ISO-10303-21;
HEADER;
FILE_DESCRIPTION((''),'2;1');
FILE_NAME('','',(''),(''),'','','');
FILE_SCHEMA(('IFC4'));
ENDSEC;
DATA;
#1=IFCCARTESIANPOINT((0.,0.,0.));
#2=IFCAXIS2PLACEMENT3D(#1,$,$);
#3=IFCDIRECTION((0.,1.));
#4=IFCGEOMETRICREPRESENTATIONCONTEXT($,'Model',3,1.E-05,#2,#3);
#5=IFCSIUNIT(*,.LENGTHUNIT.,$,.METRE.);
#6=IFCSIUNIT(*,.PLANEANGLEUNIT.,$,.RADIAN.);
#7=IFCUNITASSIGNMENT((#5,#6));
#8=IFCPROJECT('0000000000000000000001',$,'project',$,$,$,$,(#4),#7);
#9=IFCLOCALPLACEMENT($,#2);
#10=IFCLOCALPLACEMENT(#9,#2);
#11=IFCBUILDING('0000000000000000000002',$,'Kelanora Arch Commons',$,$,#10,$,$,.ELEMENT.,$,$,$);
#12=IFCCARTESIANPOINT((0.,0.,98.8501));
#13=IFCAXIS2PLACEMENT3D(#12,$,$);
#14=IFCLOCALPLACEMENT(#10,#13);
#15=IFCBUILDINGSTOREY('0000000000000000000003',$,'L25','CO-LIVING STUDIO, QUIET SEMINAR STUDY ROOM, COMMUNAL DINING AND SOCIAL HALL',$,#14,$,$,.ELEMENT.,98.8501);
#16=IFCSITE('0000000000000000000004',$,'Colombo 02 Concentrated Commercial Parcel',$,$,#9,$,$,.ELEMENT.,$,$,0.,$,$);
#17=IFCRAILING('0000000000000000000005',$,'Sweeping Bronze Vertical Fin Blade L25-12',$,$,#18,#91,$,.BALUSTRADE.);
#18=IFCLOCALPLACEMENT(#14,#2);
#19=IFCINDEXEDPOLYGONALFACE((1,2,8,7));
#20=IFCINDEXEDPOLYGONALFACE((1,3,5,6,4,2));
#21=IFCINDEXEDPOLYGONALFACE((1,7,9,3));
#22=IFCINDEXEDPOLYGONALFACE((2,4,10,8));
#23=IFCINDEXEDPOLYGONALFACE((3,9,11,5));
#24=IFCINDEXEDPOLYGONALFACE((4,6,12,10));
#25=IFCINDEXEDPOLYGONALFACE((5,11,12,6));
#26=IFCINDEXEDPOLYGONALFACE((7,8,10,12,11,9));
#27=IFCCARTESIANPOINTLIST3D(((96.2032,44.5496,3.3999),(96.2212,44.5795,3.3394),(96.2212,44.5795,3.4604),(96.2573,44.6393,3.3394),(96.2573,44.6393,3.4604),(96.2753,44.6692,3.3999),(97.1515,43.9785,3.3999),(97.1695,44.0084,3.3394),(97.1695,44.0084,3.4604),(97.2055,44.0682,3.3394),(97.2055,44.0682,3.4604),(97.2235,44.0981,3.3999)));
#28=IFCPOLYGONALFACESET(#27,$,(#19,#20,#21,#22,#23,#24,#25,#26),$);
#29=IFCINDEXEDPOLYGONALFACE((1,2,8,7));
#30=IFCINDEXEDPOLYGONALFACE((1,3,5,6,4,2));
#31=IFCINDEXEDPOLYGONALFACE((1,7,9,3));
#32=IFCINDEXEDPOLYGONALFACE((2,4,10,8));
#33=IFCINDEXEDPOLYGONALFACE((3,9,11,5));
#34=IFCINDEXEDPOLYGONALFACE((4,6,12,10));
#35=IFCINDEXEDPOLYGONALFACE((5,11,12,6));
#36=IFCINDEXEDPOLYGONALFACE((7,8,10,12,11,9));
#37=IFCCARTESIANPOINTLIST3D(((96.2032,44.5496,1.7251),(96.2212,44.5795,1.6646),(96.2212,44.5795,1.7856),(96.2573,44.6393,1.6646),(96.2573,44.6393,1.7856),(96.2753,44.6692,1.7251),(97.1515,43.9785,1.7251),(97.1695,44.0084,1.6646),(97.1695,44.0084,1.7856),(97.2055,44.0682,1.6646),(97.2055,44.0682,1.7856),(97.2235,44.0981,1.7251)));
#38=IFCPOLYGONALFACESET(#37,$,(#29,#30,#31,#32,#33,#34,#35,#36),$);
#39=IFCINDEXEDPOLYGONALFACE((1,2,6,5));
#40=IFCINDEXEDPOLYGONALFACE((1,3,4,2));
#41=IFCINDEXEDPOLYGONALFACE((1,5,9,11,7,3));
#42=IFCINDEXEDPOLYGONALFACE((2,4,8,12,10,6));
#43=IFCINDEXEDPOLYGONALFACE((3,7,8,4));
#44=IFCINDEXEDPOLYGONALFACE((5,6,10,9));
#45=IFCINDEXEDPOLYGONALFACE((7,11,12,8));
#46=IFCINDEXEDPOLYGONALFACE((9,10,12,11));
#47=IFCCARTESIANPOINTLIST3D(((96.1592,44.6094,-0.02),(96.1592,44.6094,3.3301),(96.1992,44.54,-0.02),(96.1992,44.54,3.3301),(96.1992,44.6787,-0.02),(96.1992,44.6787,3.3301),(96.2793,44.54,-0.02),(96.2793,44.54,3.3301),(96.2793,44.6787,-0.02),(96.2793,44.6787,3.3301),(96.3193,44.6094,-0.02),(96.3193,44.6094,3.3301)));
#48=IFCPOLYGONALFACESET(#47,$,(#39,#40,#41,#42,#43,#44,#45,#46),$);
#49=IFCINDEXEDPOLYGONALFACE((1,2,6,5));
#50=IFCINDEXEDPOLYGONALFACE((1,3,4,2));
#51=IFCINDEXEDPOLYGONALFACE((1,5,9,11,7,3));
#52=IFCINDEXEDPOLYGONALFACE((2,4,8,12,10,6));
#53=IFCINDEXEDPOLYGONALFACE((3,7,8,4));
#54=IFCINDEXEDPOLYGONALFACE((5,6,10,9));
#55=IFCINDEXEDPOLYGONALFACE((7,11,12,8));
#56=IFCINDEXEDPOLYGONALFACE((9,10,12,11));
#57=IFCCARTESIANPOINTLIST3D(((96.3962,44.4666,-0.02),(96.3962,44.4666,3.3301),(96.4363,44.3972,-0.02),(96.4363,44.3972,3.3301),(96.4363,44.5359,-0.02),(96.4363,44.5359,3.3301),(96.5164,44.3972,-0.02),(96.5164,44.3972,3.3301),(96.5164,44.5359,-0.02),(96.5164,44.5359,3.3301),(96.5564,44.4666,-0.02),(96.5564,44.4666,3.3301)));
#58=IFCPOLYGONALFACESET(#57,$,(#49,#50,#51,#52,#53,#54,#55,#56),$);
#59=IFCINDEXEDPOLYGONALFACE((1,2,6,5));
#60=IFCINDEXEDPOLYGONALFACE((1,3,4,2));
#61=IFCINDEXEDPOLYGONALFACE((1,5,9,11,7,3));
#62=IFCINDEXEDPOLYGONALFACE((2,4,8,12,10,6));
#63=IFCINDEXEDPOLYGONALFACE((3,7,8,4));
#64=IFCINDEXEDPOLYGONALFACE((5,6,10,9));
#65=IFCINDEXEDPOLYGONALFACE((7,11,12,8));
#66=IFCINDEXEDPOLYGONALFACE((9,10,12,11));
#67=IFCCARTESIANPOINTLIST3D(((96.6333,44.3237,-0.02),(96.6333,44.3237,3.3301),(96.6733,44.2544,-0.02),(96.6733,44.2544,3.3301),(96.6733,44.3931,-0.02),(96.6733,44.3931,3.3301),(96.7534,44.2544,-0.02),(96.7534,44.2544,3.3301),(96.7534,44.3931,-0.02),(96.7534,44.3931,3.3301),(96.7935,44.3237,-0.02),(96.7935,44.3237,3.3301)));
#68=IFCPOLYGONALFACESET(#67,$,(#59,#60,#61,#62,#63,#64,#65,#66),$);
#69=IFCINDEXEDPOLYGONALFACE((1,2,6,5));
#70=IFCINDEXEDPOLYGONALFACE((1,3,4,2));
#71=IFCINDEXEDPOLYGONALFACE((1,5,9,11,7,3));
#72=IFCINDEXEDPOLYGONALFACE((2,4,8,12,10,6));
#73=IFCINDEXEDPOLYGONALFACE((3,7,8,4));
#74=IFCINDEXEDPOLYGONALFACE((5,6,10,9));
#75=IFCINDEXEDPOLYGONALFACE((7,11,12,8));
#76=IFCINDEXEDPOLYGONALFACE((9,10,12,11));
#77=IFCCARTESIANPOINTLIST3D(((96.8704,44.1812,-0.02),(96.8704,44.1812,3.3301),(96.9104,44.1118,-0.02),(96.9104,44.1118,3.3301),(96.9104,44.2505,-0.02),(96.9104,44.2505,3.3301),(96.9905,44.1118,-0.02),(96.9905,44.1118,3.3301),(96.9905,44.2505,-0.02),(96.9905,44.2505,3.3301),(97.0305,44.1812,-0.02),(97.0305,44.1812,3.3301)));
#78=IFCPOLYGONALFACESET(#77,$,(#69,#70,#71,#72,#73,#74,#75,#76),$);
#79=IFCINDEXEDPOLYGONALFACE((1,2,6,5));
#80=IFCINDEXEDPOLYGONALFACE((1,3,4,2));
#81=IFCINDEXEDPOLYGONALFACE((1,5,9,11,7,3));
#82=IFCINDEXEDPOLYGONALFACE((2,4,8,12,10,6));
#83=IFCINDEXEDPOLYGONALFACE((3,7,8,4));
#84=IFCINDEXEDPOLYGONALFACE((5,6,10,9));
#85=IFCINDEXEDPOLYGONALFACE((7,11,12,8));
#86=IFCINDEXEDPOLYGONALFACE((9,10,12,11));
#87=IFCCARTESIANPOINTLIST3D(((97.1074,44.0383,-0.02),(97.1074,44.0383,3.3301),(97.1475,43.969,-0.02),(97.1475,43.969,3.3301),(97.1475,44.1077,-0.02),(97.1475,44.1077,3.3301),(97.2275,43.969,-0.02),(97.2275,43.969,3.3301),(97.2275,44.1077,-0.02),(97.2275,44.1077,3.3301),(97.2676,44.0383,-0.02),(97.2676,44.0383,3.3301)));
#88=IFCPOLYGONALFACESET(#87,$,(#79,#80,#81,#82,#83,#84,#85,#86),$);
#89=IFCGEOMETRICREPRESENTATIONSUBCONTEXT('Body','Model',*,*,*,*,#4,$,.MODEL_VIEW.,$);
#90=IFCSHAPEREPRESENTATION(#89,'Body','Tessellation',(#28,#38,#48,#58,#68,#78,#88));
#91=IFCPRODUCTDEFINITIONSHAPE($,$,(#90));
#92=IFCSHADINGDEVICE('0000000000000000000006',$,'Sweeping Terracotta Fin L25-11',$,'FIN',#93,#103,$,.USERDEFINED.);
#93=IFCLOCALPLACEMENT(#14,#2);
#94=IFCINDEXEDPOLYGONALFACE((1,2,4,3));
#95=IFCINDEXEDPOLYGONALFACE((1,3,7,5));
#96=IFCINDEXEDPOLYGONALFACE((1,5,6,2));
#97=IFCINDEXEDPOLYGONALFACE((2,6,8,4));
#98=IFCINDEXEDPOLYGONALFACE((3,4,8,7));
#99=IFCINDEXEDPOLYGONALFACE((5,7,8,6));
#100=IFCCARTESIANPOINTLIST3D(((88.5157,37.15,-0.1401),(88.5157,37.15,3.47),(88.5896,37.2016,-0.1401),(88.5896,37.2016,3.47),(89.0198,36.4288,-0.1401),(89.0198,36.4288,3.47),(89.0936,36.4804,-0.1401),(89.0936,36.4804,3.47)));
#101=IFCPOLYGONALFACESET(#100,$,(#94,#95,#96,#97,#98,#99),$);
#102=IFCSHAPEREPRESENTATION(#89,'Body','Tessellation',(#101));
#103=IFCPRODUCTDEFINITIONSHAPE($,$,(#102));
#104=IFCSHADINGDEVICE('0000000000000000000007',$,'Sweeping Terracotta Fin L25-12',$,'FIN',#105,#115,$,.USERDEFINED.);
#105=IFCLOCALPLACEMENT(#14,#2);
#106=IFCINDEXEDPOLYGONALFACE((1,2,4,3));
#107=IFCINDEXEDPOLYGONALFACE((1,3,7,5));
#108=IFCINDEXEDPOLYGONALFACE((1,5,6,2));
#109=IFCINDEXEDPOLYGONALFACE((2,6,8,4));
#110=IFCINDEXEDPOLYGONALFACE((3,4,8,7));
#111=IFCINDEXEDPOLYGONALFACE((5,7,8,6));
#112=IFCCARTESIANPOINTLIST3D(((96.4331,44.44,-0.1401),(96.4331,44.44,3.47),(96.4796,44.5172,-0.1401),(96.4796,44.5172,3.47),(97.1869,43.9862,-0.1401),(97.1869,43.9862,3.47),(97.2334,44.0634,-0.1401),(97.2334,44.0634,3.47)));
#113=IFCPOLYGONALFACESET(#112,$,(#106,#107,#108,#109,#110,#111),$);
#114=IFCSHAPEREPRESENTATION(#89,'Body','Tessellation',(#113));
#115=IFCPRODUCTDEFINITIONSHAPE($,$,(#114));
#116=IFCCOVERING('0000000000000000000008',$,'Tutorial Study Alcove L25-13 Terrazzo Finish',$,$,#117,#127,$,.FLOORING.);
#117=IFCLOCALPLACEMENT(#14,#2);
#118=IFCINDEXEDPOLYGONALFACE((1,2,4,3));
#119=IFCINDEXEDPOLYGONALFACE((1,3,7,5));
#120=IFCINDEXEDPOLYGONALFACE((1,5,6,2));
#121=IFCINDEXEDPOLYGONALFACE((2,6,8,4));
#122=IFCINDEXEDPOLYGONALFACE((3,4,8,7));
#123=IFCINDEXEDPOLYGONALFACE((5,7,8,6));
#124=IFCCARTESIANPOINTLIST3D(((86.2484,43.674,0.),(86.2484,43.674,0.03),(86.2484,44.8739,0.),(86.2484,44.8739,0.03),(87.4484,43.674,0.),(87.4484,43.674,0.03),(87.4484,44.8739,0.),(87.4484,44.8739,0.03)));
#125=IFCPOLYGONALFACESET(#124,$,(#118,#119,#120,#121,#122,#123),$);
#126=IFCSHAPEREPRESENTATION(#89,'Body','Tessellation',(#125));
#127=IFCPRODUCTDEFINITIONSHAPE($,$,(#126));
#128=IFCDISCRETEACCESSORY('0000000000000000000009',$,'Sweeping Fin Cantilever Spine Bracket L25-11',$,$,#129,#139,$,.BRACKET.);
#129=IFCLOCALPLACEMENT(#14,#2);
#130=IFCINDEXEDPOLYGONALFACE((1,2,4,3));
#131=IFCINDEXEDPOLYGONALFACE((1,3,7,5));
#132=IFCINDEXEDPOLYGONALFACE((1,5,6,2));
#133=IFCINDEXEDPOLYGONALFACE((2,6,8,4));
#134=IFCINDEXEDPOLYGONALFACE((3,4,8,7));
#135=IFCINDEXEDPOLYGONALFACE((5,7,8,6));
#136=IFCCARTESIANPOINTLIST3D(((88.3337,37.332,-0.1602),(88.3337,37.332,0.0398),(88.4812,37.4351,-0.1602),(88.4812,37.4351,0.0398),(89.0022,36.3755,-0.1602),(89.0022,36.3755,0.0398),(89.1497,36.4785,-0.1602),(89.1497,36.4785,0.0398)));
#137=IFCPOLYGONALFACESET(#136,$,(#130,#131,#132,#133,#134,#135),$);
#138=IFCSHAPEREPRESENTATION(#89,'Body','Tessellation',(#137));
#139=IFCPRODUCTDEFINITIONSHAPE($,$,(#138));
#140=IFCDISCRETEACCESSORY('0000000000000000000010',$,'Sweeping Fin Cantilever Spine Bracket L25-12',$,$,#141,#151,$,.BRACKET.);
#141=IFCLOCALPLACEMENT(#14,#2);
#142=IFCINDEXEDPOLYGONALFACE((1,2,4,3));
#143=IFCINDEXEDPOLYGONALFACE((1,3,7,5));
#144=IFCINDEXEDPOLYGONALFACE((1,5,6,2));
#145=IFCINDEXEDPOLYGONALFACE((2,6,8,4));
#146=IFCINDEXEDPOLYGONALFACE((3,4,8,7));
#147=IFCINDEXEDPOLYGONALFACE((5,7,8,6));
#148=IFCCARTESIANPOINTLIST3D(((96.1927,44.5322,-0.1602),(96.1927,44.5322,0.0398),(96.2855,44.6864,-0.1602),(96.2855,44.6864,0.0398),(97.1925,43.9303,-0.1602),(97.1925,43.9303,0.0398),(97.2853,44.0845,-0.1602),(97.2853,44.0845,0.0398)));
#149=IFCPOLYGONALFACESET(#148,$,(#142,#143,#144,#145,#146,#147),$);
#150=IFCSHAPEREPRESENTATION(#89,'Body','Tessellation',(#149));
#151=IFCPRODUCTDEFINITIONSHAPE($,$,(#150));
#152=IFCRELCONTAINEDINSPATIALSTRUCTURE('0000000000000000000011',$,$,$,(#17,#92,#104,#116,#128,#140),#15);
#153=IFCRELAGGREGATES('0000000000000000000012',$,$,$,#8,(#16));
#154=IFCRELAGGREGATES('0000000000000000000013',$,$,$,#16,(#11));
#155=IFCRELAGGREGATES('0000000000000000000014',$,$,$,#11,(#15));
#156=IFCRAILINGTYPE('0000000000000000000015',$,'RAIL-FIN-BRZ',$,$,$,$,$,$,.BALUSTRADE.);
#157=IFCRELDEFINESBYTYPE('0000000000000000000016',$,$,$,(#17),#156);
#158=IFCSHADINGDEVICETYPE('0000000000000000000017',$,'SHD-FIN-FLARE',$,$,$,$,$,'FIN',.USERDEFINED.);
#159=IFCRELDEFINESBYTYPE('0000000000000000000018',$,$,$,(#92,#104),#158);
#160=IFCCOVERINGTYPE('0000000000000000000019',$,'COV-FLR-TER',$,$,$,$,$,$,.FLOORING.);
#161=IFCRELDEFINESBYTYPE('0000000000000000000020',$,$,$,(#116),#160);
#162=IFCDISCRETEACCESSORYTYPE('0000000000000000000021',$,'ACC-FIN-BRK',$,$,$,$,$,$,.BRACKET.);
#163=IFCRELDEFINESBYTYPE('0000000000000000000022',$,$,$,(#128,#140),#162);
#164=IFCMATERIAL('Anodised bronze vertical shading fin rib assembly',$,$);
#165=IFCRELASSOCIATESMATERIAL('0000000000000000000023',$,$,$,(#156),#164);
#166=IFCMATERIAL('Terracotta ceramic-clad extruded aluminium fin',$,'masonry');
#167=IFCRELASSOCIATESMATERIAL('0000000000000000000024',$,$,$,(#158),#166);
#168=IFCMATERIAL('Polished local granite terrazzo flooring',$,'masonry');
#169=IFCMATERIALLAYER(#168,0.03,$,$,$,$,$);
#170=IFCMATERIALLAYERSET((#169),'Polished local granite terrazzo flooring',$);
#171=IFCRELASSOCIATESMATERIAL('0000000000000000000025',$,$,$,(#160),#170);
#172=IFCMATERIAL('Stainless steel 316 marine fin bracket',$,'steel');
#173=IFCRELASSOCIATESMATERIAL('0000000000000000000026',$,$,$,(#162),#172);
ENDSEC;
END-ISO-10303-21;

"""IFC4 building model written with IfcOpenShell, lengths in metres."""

from ifc_helpers import new_model, si_unit, direction, frame, origin, origin_2d, place, context, subcontext, project, spatial, polyline, rectangle, outline, extrude, source, transform, mapped, material, layer, layer_set, type_object, element, save


model = new_model("IFC4")

# Units and contexts
model_context = context("Model", 3, precision=1e-05, world=origin(), true_north=direction((0.0, 1.0)))
body_context = subcontext(model_context, "Body", "Model", "MODEL_VIEW")
ifc_project = project(units=[si_unit("LENGTHUNIT", "METRE"), si_unit("PLANEANGLEUNIT", "RADIAN")], contexts=[model_context])

# Site, building, storey
site_placement = place(None, origin())
site = spatial("IfcSite", under=ifc_project, at=site_placement, Name="Colombo 02 Concentrated Commercial Parcel", CompositionType="ELEMENT", RefElevation=0.0)
building_placement = place(site_placement, origin())
building = spatial("IfcBuilding", under=site, at=building_placement, Name="Kelanora Arch Commons", CompositionType="ELEMENT")
storey_placement = place(building_placement, frame((0.0, 0.0, 98.8501)))
storey = spatial("IfcBuildingStorey", under=building, at=storey_placement, Name="L25", Description="CO-LIVING STUDIO, QUIET SEMINAR STUDY ROOM, COMMUNAL DINING AND SOCIAL HALL", CompositionType="ELEMENT", Elevation=98.8501)

# Railing
ifc_material_1 = material(Name="Anodised bronze vertical shading fin rib assembly")
railing_type = type_object("IfcRailingType", Name="RAIL-FIN-BRZ", PredefinedType="BALUSTRADE", material=ifc_material_1)
railing_1_placement = place(storey_placement, frame((96.2393, 44.6094, -0.02)))
element("IfcRailing", 1, at=railing_1_placement, inside=storey, type_object=railing_type, Name="Sweeping Bronze Vertical Fin Blade L25-12", PredefinedType="BALUSTRADE", context=body_context, shape_type="SweptSolid", body=[
    extrude(outline(polyline([(0.0698, 0.0), (0.0349, 0.0605), (-0.0349, 0.0605), (-0.0698, 0.0), (-0.0349, -0.0605), (0.0349, -0.0605), (0.0698, 0.0)])), frame((0.0, 0.0, 3.4199), z_axis=(0.856655, -0.51589, 0.0), x_axis=(0.51589, 0.856655, 0.0)), (0.0, 0.0, 1.0), 1.1069),
    extrude(outline(polyline([(0.0698, 0.0), (0.0349, 0.0605), (-0.0349, 0.0605), (-0.0698, 0.0), (-0.0349, -0.0605), (0.0349, -0.0605), (0.0698, 0.0)])), frame((0.0, 0.0, 1.7451), z_axis=(0.856655, -0.51589, 0.0), x_axis=(0.51589, 0.856655, 0.0)), (0.0, 0.0, 1.0), 1.1069),
    extrude(outline(polyline([(0.0801, 0.0), (0.04, 0.0693), (-0.04, 0.0693), (-0.0801, 0.0), (-0.04, -0.0693), (0.04, -0.0693), (0.0801, 0.0)])), origin(), (0.0, 0.0, 1.0), 3.3501),
    extrude(outline(polyline([(0.0801, 0.0), (0.04, 0.0693), (-0.04, 0.0693), (-0.0801, 0.0), (-0.04, -0.0693), (0.04, -0.0693), (0.0801, 0.0)])), frame((0.2371, -0.1428, 0.0)), (0.0, 0.0, 1.0), 3.3501),
    extrude(outline(polyline([(0.0801, 0.0), (0.04, 0.0693), (-0.04, 0.0693), (-0.0801, 0.0), (-0.04, -0.0693), (0.04, -0.0693), (0.0801, 0.0)])), frame((0.4741, -0.2856, 0.0)), (0.0, 0.0, 1.0), 3.3501),
    extrude(outline(polyline([(0.0801, 0.0), (0.04, 0.0693), (-0.04, 0.0693), (-0.0801, 0.0), (-0.04, -0.0693), (0.04, -0.0693), (0.0801, 0.0)])), frame((0.7112, -0.4282, 0.0)), (0.0, 0.0, 1.0), 3.3501),
    extrude(outline(polyline([(0.0801, 0.0), (0.04, 0.0693), (-0.04, 0.0693), (-0.0801, 0.0), (-0.04, -0.0693), (0.04, -0.0693), (0.0801, 0.0)])), frame((0.9482, -0.571, 0.0)), (0.0, 0.0, 1.0), 3.3501),
])

# Shading devices
ifc_material_2 = material(Name="Terracotta ceramic-clad extruded aluminium fin", Category="masonry")
shading_device_type = type_object("IfcShadingDeviceType", Name="SHD-FIN-FLARE", ElementType="FIN", PredefinedType="USERDEFINED", material=ifc_material_2)
shared_shape_1 = source(origin(), body_context, "Body", "SweptSolid", [
    extrude(rectangle(XDim=0.8799, YDim=0.0901, at=origin_2d()), origin(), (0.0, 0.0, 1.0), 3.6101),
])
for number, where, z_axis, x_axis, name in (
    (2, (88.8047, 36.8152, -0.1401), (0.0, 0.0, 1.0), (0.572861, -0.819652, 0.0), "Sweeping Terracotta Fin L25-11"),
    (3, (96.8333, 44.2517, -0.1401), (0.0, 0.0, 1.0), (0.856718, -0.515786, 0.0), "Sweeping Terracotta Fin L25-12"),
):
    element("IfcShadingDevice", number, at=place(storey_placement, frame(where, z_axis=z_axis, x_axis=x_axis)), inside=storey, type_object=shading_device_type, Name=name, ObjectType="FIN", PredefinedType="USERDEFINED", context=body_context, shape_type="MappedRepresentation", body=[
        mapped(shared_shape_1, transform((0.0, 0.0, 0.0), scale=1.0)),
    ])

# Covering
ifc_material_3 = material(Name="Polished local granite terrazzo flooring", Category="masonry")
ifc_layer_1 = layer(ifc_material_3, 0.03)
ifc_layer_set_1 = layer_set([ifc_layer_1], Name="Polished local granite terrazzo flooring")
covering_type = type_object("IfcCoveringType", Name="COV-FLR-TER", PredefinedType="FLOORING", material=ifc_layer_set_1)
shared_shape_2 = source(origin(), body_context, "Body", "SweptSolid", [
    extrude(rectangle(XDim=1.2, YDim=1.2, at=origin_2d()), origin(), (0.0, 0.0, 1.0), 0.03),
])
covering_placement = place(storey_placement, frame((86.8484, 44.2739, 0.0), z_axis=(0.0, 0.0, 1.0), x_axis=(1.0, 0.0, 0.0)))
element("IfcCovering", 4, at=covering_placement, inside=storey, type_object=covering_type, Name="Tutorial Study Alcove L25-13 Terrazzo Finish", PredefinedType="FLOORING", context=body_context, shape_type="MappedRepresentation", body=[
    mapped(shared_shape_2, transform((0.0, 0.0, 0.0), scale=1.0)),
])

# Discrete accessories
ifc_material_4 = material(Name="Stainless steel 316 marine fin bracket", Category="steel")
discrete_accessory_type = type_object("IfcDiscreteAccessoryType", Name="ACC-FIN-BRK", PredefinedType="BRACKET", material=ifc_material_4)
shared_shape_3 = source(origin(), body_context, "Body", "SweptSolid", [
    extrude(rectangle(XDim=1.167, YDim=0.1799, at=origin_2d()), origin(), (0.0, 0.0, 1.0), 0.2),
])
for number, where, z_axis, x_axis, name in (
    (5, (88.7417, 36.9053, -0.1602), (0.0, 0.0, 1.0), (0.572861, -0.819652, 0.0), "Sweeping Fin Cantilever Spine Bracket L25-11"),
    (6, (96.739, 44.3083, -0.1602), (0.0, 0.0, 1.0), (0.856718, -0.515786, 0.0), "Sweeping Fin Cantilever Spine Bracket L25-12"),
):
    element("IfcDiscreteAccessory", number, at=place(storey_placement, frame(where, z_axis=z_axis, x_axis=x_axis)), inside=storey, type_object=discrete_accessory_type, Name=name, PredefinedType="BRACKET", context=body_context, shape_type="MappedRepresentation", body=[
        mapped(shared_shape_3, transform((0.0, 0.0, 0.0), scale=1.0)),
    ])

save(model, "model.ifc")
